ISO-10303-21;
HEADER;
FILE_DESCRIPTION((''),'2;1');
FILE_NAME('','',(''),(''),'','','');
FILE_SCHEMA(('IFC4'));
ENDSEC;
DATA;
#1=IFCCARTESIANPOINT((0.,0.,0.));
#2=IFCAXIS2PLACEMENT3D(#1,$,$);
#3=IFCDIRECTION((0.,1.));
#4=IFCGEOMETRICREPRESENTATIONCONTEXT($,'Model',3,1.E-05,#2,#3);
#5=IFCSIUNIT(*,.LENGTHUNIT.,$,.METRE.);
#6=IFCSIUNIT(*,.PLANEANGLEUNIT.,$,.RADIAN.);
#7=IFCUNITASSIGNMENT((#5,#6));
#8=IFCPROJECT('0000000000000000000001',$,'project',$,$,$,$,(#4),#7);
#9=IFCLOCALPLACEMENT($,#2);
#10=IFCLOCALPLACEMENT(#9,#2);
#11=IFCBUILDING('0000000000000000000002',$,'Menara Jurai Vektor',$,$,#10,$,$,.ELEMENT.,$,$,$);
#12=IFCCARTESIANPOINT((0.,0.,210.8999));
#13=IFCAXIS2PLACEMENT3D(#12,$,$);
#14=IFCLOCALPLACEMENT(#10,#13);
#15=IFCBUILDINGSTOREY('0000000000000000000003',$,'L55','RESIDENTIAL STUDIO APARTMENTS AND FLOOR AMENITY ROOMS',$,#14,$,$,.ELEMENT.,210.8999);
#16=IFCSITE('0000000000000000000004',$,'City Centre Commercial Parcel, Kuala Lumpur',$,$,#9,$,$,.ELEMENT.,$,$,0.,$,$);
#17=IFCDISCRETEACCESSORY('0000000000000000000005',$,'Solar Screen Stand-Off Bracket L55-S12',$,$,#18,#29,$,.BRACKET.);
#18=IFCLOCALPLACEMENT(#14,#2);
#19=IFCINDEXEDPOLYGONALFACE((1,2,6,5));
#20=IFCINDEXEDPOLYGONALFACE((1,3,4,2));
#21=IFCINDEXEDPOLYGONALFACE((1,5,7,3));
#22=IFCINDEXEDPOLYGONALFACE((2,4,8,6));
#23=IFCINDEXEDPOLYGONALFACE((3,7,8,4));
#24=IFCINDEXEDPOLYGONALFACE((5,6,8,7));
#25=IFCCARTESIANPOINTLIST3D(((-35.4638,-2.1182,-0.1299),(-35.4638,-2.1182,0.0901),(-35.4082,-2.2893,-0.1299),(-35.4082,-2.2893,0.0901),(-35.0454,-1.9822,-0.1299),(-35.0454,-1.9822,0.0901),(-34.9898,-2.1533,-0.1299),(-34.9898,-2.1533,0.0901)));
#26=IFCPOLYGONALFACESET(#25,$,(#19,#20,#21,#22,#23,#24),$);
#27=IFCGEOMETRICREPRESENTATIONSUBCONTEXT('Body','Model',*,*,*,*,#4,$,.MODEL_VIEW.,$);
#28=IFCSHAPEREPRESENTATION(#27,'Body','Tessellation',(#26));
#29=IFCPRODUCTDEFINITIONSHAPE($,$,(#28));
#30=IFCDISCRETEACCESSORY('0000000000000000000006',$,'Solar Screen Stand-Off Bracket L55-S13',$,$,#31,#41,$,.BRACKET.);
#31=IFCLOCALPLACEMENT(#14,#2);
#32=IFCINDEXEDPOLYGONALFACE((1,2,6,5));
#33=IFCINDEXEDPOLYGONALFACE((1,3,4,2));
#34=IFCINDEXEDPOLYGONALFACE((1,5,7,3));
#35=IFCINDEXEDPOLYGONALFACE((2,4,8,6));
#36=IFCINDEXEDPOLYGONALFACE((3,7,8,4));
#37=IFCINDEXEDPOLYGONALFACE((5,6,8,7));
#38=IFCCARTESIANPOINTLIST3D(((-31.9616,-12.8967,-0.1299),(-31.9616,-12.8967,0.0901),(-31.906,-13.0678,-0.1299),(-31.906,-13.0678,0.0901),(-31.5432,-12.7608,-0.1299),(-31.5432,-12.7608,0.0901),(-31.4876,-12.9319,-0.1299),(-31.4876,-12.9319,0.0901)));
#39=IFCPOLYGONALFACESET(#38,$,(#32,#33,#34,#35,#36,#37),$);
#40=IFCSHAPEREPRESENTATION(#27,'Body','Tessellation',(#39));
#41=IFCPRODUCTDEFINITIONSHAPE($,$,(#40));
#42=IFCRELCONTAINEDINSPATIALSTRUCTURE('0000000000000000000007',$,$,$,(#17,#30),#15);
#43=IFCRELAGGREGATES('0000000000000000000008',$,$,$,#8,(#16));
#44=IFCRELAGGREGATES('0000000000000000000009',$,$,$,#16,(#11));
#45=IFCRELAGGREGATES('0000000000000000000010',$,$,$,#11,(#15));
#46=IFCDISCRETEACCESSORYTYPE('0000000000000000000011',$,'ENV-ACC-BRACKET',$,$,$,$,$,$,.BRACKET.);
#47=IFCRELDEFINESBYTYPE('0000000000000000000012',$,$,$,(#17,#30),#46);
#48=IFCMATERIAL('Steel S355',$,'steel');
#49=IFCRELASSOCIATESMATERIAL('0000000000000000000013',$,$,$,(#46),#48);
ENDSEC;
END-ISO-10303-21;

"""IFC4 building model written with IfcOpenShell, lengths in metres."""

from ifc_helpers import new_model, si_unit, direction, frame, origin, origin_2d, place, context, subcontext, project, spatial, rectangle, extrude, material, type_object, element, save


model = new_model("IFC4")

# Units and contexts
model_context = context("Model", 3, precision=1e-05, world=origin(), true_north=direction((0.0, 1.0)))
body_context = subcontext(model_context, "Body", "Model", "MODEL_VIEW")
ifc_project = project(units=[si_unit("LENGTHUNIT", "METRE"), si_unit("PLANEANGLEUNIT", "RADIAN")], contexts=[model_context])

# Site, building, storey
site_placement = place(None, origin())
site = spatial("IfcSite", under=ifc_project, at=site_placement, Name="City Centre Commercial Parcel, Kuala Lumpur", CompositionType="ELEMENT", RefElevation=0.0)
building_placement = place(site_placement, origin())
building = spatial("IfcBuilding", under=site, at=building_placement, Name="Menara Jurai Vektor", CompositionType="ELEMENT")
storey_placement = place(building_placement, frame((0.0, 0.0, 210.8999)))
storey = spatial("IfcBuildingStorey", under=building, at=storey_placement, Name="L55", Description="RESIDENTIAL STUDIO APARTMENTS AND FLOOR AMENITY ROOMS", CompositionType="ELEMENT", Elevation=210.8999)

# Shared definitions
ifc_material_1 = material(Name="Steel S355", Category="steel")

# Discrete accessories
discrete_accessory_type = type_object("IfcDiscreteAccessoryType", Name="ENV-ACC-BRACKET", PredefinedType="BRACKET", material=ifc_material_1)
for number, where, z_axis, x_axis, name in (
    (1, (-35.2268, -2.1357, -0.1299), (0.0, 0.0, 1.0), (0.309017, -0.951057, 0.0), "Solar Screen Stand-Off Bracket L55-S12"),
    (2, (-31.7246, -12.9143, -0.1299), (0.0, 0.0, 1.0), (0.309017, -0.951057, 0.0), "Solar Screen Stand-Off Bracket L55-S13"),
):
    element("IfcDiscreteAccessory", number, at=place(storey_placement, frame(where, z_axis=z_axis, x_axis=x_axis)), inside=storey, type_object=discrete_accessory_type, Name=name, PredefinedType="BRACKET", context=body_context, shape_type="SweptSolid", body=[
        extrude(rectangle(XDim=0.1799, YDim=0.4399, at=origin_2d()), origin(), (0.0, 0.0, 1.0), 0.22),
    ])

save(model, "model.ifc")
